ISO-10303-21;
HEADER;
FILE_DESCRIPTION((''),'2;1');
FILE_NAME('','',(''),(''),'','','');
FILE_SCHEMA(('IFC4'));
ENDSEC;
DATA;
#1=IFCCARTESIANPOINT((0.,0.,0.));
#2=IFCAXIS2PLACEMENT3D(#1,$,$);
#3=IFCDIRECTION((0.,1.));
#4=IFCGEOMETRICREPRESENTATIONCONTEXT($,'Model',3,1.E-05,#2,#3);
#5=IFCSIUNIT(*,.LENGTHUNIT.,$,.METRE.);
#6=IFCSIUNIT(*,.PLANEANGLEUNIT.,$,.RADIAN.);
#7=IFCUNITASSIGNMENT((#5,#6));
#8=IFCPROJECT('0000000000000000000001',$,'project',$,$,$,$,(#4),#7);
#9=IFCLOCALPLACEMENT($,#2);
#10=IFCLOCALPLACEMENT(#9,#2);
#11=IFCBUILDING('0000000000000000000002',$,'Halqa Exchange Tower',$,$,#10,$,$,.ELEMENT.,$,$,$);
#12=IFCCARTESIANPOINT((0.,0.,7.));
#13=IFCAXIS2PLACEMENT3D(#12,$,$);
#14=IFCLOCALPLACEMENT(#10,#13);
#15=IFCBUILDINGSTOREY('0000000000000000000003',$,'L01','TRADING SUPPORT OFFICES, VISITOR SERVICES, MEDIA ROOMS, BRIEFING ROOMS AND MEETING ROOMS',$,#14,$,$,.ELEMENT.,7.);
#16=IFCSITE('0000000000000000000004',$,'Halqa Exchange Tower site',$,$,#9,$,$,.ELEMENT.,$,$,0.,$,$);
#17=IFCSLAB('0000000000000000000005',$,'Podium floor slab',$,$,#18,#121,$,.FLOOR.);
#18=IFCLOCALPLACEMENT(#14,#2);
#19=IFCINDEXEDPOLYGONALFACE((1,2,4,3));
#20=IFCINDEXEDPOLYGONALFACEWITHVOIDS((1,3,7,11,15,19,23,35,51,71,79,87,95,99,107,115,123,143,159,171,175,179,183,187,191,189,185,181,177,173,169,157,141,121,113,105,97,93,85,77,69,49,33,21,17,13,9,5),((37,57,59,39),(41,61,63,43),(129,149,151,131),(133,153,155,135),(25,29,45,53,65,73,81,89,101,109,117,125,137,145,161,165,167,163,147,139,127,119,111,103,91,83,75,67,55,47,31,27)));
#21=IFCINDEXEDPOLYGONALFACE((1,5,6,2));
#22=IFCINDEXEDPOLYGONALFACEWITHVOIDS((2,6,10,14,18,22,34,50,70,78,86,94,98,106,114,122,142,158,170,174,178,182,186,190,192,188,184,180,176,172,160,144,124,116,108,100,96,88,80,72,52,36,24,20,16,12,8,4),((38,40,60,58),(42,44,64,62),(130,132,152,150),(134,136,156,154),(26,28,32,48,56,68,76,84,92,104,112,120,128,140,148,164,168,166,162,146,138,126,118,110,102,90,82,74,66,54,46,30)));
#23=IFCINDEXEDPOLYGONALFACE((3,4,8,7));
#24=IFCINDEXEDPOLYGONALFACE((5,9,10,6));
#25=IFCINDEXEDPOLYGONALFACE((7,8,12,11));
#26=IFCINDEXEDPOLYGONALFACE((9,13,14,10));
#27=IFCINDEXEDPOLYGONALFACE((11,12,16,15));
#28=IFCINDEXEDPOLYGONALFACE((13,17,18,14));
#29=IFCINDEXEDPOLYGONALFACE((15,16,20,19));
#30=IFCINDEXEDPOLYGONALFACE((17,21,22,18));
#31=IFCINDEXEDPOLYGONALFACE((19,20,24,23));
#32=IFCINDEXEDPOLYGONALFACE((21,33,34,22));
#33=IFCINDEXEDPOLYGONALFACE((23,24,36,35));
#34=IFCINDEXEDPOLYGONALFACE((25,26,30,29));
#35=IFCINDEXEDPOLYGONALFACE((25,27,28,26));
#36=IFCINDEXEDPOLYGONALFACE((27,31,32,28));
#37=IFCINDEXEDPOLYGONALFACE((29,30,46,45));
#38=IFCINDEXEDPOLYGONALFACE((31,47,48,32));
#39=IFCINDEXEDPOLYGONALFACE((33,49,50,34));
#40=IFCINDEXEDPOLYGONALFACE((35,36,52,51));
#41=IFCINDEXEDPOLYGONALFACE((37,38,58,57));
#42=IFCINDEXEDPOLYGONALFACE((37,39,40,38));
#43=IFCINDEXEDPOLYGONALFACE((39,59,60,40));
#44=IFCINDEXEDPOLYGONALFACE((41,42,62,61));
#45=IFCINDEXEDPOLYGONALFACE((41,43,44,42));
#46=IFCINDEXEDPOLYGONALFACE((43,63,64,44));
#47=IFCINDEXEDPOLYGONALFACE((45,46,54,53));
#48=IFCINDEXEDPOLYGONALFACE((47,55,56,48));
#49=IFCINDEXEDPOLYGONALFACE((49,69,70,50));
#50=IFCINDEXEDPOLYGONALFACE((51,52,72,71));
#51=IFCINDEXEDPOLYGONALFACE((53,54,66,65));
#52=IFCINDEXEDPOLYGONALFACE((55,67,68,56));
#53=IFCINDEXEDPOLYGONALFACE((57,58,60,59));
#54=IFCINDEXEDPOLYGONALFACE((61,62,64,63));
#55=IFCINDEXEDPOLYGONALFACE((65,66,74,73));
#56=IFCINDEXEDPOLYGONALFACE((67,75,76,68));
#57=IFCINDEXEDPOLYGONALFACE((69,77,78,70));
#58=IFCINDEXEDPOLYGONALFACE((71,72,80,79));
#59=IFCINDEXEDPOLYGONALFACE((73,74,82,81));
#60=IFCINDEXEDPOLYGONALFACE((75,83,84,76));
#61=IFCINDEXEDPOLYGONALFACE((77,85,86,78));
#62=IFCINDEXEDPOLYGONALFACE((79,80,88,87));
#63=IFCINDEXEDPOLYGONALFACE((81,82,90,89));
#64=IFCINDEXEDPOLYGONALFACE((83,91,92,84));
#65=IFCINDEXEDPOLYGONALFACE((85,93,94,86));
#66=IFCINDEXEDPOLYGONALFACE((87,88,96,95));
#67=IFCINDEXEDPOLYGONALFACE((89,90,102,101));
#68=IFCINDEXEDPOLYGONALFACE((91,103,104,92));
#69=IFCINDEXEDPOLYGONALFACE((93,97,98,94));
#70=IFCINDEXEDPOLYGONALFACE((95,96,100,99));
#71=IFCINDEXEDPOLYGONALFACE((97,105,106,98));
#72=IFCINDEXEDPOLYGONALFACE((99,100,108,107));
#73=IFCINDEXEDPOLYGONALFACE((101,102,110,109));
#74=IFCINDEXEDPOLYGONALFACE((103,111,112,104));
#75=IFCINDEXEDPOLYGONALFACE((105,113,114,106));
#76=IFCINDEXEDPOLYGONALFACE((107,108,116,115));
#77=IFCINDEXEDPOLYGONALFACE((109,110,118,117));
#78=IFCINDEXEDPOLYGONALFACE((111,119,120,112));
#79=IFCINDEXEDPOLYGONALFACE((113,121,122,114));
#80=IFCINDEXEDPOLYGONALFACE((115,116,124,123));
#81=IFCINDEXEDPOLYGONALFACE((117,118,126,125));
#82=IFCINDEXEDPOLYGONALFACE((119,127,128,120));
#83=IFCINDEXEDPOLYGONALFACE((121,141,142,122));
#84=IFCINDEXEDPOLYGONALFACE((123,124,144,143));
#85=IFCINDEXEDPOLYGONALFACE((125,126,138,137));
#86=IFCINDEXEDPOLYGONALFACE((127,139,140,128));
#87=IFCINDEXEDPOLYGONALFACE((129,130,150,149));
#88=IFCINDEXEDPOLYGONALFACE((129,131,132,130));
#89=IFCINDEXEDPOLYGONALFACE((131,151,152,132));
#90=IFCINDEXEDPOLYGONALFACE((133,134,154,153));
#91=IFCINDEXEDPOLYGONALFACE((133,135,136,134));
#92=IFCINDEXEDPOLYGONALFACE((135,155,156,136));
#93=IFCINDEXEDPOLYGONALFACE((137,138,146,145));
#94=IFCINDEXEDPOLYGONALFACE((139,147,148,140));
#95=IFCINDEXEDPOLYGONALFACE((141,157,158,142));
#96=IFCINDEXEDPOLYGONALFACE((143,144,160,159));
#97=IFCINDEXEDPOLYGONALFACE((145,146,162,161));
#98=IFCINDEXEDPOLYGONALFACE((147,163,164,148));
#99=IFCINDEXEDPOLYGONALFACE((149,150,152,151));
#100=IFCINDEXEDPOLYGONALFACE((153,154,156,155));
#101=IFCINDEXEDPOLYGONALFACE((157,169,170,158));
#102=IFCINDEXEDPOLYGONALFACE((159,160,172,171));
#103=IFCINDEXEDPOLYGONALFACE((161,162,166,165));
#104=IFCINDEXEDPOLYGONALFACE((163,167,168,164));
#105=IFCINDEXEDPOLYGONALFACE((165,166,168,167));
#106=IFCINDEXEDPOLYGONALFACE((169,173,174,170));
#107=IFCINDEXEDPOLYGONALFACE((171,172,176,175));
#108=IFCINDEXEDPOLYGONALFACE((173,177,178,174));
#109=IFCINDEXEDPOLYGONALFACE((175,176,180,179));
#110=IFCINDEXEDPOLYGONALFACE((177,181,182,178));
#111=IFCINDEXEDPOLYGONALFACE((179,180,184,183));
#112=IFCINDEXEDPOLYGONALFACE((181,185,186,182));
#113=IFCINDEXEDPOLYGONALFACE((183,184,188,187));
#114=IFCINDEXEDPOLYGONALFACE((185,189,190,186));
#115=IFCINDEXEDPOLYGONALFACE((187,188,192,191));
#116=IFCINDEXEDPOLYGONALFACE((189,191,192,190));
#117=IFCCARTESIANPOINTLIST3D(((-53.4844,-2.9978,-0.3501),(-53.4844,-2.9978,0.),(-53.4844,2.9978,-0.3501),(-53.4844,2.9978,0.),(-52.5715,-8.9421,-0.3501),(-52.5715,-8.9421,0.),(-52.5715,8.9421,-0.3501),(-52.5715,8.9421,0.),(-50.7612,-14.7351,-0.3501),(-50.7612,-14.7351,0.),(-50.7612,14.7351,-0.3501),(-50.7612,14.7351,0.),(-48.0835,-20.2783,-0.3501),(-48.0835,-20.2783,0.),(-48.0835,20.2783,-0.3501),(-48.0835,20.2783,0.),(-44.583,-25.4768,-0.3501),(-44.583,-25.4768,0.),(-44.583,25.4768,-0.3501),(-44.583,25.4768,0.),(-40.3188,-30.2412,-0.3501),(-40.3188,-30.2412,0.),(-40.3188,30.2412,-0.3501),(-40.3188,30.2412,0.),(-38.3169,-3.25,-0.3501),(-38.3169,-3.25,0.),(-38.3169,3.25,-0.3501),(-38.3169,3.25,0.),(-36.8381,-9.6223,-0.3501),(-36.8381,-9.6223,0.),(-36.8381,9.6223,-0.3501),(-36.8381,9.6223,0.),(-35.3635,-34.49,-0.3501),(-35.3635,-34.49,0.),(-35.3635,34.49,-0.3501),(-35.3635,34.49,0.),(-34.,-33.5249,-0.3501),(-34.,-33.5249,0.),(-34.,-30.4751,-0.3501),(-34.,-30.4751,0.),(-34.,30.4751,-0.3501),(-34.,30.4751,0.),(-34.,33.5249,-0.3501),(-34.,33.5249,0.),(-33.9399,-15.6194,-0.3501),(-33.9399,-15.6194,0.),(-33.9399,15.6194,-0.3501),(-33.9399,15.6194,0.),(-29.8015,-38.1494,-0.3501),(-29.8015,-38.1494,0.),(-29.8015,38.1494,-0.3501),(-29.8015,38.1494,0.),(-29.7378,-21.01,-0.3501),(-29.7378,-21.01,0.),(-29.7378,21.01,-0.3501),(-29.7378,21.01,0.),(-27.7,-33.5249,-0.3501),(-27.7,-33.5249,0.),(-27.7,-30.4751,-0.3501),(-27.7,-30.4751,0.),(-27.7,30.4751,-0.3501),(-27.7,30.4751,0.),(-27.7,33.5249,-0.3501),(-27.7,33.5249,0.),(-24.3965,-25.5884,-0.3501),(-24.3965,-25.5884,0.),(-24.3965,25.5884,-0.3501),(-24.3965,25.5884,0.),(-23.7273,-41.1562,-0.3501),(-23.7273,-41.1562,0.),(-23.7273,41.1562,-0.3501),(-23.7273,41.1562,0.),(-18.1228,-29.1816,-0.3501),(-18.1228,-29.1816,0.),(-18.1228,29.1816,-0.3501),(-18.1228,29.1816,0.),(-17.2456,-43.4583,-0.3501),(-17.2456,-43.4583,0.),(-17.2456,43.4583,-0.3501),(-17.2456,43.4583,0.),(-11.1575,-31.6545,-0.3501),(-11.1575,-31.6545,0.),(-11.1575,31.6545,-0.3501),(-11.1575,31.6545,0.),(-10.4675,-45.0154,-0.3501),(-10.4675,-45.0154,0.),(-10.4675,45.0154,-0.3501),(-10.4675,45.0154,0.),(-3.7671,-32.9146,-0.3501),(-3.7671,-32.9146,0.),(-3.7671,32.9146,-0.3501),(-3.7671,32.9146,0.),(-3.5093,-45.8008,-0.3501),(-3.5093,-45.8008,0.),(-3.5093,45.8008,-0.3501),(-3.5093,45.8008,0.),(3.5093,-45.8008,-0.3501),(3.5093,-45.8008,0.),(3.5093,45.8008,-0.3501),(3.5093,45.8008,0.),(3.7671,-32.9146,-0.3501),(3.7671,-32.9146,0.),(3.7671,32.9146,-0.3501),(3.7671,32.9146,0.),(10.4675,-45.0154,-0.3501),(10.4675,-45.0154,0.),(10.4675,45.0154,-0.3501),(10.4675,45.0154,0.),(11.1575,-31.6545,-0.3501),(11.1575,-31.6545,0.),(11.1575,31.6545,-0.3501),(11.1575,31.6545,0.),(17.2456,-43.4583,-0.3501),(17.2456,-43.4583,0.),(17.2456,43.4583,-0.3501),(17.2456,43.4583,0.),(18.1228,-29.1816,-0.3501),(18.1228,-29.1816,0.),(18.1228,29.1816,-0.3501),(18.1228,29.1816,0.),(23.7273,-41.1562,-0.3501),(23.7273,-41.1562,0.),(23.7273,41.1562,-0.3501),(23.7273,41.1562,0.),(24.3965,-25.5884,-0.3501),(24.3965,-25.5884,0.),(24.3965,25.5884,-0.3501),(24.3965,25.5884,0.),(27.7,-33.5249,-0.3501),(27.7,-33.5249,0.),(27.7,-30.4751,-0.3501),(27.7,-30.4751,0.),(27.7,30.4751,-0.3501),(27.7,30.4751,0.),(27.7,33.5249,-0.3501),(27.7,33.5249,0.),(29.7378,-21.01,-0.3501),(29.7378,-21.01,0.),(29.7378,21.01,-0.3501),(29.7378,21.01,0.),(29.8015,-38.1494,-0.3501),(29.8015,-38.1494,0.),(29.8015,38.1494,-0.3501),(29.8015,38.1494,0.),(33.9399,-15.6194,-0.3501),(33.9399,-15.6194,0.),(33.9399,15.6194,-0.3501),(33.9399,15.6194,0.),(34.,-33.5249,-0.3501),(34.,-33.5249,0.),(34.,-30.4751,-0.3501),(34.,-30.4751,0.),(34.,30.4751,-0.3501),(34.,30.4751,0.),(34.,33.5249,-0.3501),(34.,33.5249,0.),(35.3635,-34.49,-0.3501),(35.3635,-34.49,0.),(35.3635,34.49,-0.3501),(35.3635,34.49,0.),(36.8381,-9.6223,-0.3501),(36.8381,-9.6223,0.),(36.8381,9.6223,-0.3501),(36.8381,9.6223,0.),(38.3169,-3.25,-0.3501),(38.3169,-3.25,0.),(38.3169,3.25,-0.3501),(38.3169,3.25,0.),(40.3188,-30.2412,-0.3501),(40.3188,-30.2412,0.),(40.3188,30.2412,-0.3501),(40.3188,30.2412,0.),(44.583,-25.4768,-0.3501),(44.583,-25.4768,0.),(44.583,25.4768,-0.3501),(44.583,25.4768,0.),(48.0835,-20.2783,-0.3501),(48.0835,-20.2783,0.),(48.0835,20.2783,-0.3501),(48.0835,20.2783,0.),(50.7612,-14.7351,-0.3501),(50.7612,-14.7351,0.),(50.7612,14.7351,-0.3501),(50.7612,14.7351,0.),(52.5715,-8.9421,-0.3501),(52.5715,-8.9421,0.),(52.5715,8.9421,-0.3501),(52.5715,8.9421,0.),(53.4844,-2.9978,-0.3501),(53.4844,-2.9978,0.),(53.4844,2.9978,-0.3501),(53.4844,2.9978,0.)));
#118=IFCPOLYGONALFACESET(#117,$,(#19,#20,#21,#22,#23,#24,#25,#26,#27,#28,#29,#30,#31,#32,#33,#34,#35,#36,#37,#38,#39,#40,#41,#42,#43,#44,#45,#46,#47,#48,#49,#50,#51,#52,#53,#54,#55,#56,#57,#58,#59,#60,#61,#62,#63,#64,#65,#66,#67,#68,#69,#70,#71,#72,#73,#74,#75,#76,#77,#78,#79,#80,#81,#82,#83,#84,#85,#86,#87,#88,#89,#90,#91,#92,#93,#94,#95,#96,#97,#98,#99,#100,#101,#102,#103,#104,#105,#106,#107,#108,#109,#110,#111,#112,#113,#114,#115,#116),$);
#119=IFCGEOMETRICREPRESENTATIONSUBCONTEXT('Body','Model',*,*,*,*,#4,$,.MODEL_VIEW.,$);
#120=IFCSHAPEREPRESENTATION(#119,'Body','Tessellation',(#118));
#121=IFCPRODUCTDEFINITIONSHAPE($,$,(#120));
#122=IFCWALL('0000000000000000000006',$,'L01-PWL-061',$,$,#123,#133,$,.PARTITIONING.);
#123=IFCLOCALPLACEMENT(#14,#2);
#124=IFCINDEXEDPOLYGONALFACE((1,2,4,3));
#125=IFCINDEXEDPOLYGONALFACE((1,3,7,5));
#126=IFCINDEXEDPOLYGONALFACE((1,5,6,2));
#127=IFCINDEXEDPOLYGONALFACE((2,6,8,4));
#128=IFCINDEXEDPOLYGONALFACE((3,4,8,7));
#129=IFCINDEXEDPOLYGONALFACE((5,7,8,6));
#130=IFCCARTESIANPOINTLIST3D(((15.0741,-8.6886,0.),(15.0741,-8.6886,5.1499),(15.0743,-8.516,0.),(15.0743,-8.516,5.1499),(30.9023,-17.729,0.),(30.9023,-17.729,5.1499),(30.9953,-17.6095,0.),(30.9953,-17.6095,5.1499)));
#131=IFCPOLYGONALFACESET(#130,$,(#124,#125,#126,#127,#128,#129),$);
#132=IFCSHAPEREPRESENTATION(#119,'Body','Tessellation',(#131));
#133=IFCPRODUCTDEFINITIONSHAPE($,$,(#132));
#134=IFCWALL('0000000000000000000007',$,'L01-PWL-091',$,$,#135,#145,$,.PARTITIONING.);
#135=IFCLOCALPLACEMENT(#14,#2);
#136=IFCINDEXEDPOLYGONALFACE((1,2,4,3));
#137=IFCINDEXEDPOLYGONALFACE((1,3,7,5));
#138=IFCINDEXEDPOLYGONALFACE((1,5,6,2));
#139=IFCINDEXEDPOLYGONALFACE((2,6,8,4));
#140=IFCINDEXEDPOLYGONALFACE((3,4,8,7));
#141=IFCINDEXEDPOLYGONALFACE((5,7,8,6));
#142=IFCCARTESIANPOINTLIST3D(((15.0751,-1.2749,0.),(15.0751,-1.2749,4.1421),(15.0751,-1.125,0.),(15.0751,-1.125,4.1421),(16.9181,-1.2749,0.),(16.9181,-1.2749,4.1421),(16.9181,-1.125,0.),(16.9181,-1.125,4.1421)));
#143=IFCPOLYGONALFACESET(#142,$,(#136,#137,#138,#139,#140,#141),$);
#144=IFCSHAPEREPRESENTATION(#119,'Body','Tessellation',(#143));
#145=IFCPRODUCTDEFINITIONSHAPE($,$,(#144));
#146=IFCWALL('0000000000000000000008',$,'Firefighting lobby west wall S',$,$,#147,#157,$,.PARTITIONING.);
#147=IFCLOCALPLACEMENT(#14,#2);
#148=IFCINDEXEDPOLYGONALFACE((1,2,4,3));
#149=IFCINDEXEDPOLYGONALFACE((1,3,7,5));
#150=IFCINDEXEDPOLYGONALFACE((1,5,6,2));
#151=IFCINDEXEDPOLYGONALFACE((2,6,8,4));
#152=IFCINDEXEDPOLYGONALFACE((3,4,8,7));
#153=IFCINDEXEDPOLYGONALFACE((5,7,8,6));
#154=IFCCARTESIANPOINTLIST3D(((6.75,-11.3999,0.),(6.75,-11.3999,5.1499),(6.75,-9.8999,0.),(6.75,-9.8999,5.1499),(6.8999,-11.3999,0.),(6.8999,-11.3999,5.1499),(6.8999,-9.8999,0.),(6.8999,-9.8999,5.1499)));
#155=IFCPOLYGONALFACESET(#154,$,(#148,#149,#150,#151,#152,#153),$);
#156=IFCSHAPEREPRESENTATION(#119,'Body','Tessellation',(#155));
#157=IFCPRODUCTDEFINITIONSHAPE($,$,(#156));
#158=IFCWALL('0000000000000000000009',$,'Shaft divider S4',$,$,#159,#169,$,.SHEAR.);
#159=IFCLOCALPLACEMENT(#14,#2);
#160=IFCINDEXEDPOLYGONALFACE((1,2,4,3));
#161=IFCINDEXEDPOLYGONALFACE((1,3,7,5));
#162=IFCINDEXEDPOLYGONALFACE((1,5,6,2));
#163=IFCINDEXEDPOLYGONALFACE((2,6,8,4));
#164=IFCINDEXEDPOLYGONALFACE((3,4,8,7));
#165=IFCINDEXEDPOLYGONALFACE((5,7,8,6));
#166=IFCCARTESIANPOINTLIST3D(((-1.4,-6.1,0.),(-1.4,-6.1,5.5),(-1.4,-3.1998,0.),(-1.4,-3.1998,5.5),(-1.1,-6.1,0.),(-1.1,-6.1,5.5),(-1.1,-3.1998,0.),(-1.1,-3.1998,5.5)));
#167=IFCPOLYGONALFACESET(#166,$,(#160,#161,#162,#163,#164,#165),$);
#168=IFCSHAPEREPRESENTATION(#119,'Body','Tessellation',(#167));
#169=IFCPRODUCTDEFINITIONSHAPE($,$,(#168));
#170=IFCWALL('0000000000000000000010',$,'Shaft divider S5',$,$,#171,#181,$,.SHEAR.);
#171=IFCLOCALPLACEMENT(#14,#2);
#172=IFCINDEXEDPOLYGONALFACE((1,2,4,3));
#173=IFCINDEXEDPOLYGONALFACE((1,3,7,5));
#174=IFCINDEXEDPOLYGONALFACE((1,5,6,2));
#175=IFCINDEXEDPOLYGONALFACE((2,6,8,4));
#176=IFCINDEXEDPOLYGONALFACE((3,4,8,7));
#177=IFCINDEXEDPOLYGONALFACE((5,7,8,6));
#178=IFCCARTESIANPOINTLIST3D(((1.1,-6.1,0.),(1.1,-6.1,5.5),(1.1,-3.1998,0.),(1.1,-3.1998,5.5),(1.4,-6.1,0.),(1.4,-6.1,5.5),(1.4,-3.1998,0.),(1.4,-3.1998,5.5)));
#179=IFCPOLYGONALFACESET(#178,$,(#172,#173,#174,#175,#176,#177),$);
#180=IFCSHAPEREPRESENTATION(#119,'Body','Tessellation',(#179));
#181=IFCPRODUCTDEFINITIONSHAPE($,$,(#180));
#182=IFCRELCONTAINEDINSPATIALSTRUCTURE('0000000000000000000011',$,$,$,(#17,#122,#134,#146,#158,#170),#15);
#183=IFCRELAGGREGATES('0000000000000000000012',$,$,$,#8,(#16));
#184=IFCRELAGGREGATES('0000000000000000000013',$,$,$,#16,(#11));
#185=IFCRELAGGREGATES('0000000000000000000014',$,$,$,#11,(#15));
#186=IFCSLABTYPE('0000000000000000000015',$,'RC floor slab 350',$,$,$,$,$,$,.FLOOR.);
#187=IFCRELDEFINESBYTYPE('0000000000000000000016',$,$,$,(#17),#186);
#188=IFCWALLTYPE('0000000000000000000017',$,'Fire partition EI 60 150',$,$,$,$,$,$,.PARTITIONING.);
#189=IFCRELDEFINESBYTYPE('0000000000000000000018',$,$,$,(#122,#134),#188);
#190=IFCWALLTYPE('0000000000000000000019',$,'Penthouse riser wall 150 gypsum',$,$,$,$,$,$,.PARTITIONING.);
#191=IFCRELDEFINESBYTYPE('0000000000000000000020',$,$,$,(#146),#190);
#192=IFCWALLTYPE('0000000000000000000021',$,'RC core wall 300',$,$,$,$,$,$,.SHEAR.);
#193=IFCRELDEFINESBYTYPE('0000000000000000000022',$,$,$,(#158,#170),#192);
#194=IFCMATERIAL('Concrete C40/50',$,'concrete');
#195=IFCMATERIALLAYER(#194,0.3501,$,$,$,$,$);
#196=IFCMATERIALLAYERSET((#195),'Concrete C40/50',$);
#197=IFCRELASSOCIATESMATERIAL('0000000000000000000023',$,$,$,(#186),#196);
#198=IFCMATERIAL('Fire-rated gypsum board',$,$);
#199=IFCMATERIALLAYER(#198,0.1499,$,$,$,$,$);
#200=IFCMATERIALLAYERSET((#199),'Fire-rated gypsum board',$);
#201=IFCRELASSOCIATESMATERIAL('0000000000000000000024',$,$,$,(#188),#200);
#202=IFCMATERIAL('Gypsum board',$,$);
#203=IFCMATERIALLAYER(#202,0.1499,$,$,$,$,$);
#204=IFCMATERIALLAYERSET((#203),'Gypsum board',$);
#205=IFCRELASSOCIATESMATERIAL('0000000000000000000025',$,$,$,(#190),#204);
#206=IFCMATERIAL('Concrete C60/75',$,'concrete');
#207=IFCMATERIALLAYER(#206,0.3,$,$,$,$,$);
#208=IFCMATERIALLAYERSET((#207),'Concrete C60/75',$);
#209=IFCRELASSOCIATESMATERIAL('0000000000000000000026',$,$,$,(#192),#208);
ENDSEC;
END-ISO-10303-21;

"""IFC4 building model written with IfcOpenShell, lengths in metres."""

from ifc_helpers import new_model, si_unit, direction, frame, frame_2d, origin, place, context, subcontext, project, spatial, polyline, rectangle, outline, extrude, material, layer, layer_set, type_object, element, save


model = new_model("IFC4")

# Units and contexts
model_context = context("Model", 3, precision=1e-05, world=origin(), true_north=direction((0.0, 1.0)))
body_context = subcontext(model_context, "Body", "Model", "MODEL_VIEW")
ifc_project = project(units=[si_unit("LENGTHUNIT", "METRE"), si_unit("PLANEANGLEUNIT", "RADIAN")], contexts=[model_context])

# Site, building, storey
site_placement = place(None, origin())
site = spatial("IfcSite", under=ifc_project, at=site_placement, Name="Halqa Exchange Tower site", CompositionType="ELEMENT", RefElevation=0.0)
building_placement = place(site_placement, origin())
building = spatial("IfcBuilding", under=site, at=building_placement, Name="Halqa Exchange Tower", CompositionType="ELEMENT")
storey_placement = place(building_placement, frame((0.0, 0.0, 7.0)))
storey = spatial("IfcBuildingStorey", under=building, at=storey_placement, Name="L01", Description="TRADING SUPPORT OFFICES, VISITOR SERVICES, MEDIA ROOMS, BRIEFING ROOMS AND MEETING ROOMS", CompositionType="ELEMENT", Elevation=7.0)

# Slab
ifc_material_1 = material(Name="Concrete C60/75", Category="concrete")
ifc_material_2 = material(Name="Concrete C40/50", Category="concrete")
ifc_layer_1 = layer(ifc_material_2, 0.3501)
ifc_layer_set_1 = layer_set([ifc_layer_1], Name="Concrete C40/50")
slab_type_1 = type_object("IfcSlabType", Name="RC floor slab 350", PredefinedType="FLOOR", material=ifc_layer_set_1)
slab_1_placement = place(storey_placement, frame((0.0, 0.0, -0.3501)))
element("IfcSlab", 1, at=slab_1_placement, inside=storey, type_object=slab_type_1, Name="Podium floor slab", PredefinedType="FLOOR", context=body_context, shape_type="SweptSolid", body=[
    extrude(outline(polyline([(53.4844, 2.9978), (53.4844, -2.9978), (52.5715, -8.9421), (50.7612, -14.7351), (48.0835, -20.2783), (44.583, -25.4768), (40.3188, -30.2412), (35.3635, -34.49), (29.8015, -38.1494), (23.7273, -41.1562), (17.2456, -43.4583), (10.4675, -45.0154), (3.5093, -45.8008), (-3.5093, -45.8008), (-10.4675, -45.0154), (-17.2456, -43.4583), (-23.7273, -41.1562), (-29.8015, -38.1494), (-35.3635, -34.49), (-40.3188, -30.2412), (-44.583, -25.4768), (-48.0835, -20.2783), (-50.7612, -14.7351), (-52.5715, -8.9421), (-53.4844, -2.9978), (-53.4844, 2.9978), (-52.5715, 8.9421), (-50.7612, 14.7351), (-48.0835, 20.2783), (-44.583, 25.4768), (-40.3188, 30.2412), (-35.3635, 34.49), (-29.8015, 38.1494), (-23.7273, 41.1562), (-17.2456, 43.4583), (-10.4675, 45.0154), (-3.5093, 45.8008), (3.5093, 45.8008), (10.4675, 45.0154), (17.2456, 43.4583), (23.7273, 41.1562), (29.8015, 38.1494), (35.3635, 34.49), (40.3188, 30.2412), (44.583, 25.4768), (48.0835, 20.2783), (50.7612, 14.7351), (52.5715, 8.9421), (53.4844, 2.9978)]), holes=[polyline([(38.3169, 3.25), (38.3169, -3.25), (36.8381, -9.6223), (33.9399, -15.6194), (29.7378, -21.01), (24.3965, -25.5884), (18.1228, -29.1816), (11.1575, -31.6545), (3.7671, -32.9146), (-3.7671, -32.9146), (-11.1575, -31.6545), (-18.1228, -29.1816), (-24.3965, -25.5884), (-29.7378, -21.01), (-33.9399, -15.6194), (-36.8381, -9.6223), (-38.3169, -3.25), (-38.3169, 3.25), (-36.8381, 9.6223), (-33.9399, 15.6194), (-29.7378, 21.01), (-24.3965, 25.5884), (-18.1228, 29.1816), (-11.1575, 31.6545), (-3.7671, 32.9146), (3.7671, 32.9146), (11.1575, 31.6545), (18.1228, 29.1816), (24.3965, 25.5884), (29.7378, 21.01), (33.9399, 15.6194), (36.8381, 9.6223), (38.3169, 3.25)]), polyline([(27.7, 30.4751), (34.0, 30.4751), (34.0, 33.5249), (27.7, 33.5249), (27.7, 30.4751)]), polyline([(27.7, -33.5249), (34.0, -33.5249), (34.0, -30.4751), (27.7, -30.4751), (27.7, -33.5249)]), polyline([(-34.0, 30.4751), (-27.7, 30.4751), (-27.7, 33.5249), (-34.0, 33.5249), (-34.0, 30.4751)]), polyline([(-34.0, -33.5249), (-27.7, -33.5249), (-27.7, -30.4751), (-34.0, -30.4751), (-34.0, -33.5249)])]), origin(), (0.0, 0.0, 1.0), 0.3501),
])

# Walls
ifc_material_3 = material(Name="Fire-rated gypsum board")
ifc_layer_2 = layer(ifc_material_3, 0.1499)
ifc_layer_set_2 = layer_set([ifc_layer_2], Name="Fire-rated gypsum board")
wall_type_1 = type_object("IfcWallType", Name="Fire partition EI 60 150", PredefinedType="PARTITIONING", material=ifc_layer_set_2)
wall_1_placement = place(storey_placement, frame((15.0742, -8.6023, 0.0), z_axis=(0.0, 0.0, 1.0), x_axis=(0.868343, -0.495963, 0.0)))
element("IfcWall", 2, at=wall_1_placement, inside=storey, type_object=wall_type_1, Name="L01-PWL-061", PredefinedType="PARTITIONING", context=body_context, shape_type="SweptSolid", body=[
    extrude(outline(polyline([(0.0427, -0.075), (18.2708, -0.075), (18.2922, 0.075), (-0.0427, 0.075), (0.0427, -0.075)])), origin(), (0.0, 0.0, 1.0), 5.1499),
])
wall_2_placement = place(storey_placement, frame((16.918, -1.2, 0.0), z_axis=(0.0, 0.0, 1.0), x_axis=(-1.0, 0.0, 0.0)))
element("IfcWall", 3, at=wall_2_placement, inside=storey, type_object=wall_type_1, Name="L01-PWL-091", PredefinedType="PARTITIONING", context=body_context, shape_type="SweptSolid", body=[
    extrude(rectangle(XDim=1.843, YDim=0.1499, at=frame_2d((0.9214, 0.0))), origin(), (0.0, 0.0, 1.0), 4.1421),
])
ifc_material_4 = material(Name="Gypsum board")
ifc_layer_3 = layer(ifc_material_4, 0.1499)
ifc_layer_set_3 = layer_set([ifc_layer_3], Name="Gypsum board")
wall_type_2 = type_object("IfcWallType", Name="Penthouse riser wall 150 gypsum", PredefinedType="PARTITIONING", material=ifc_layer_set_3)
wall_3_placement = place(storey_placement, frame((6.825, -11.3999, 0.0), z_axis=(0.0, 0.0, 1.0), x_axis=(0.0, 1.0, 0.0)))
element("IfcWall", 4, at=wall_3_placement, inside=storey, type_object=wall_type_2, Name="Firefighting lobby west wall S", PredefinedType="PARTITIONING", context=body_context, shape_type="SweptSolid", body=[
    extrude(rectangle(XDim=1.5, YDim=0.1499, at=frame_2d((0.75, 0.0))), origin(), (0.0, 0.0, 1.0), 5.1499),
])
ifc_layer_4 = layer(ifc_material_1, 0.3)
ifc_layer_set_4 = layer_set([ifc_layer_4], Name="Concrete C60/75")
wall_type_3 = type_object("IfcWallType", Name="RC core wall 300", PredefinedType="SHEAR", material=ifc_layer_set_4)
for number, where, z_axis, x_axis, name in (
    (5, (-1.25, -6.1001, 0.0), (0.0, 0.0, 1.0), (0.0, 1.0, 0.0), "Shaft divider S4"),
    (6, (1.25, -6.1001, 0.0), (0.0, 0.0, 1.0), (0.0, 1.0, 0.0), "Shaft divider S5"),
):
    element("IfcWall", number, at=place(storey_placement, frame(where, z_axis=z_axis, x_axis=x_axis)), inside=storey, type_object=wall_type_3, Name=name, PredefinedType="SHEAR", context=body_context, shape_type="SweptSolid", body=[
        extrude(rectangle(XDim=2.9001, YDim=0.3, at=frame_2d((1.4502, 0.0))), origin(), (0.0, 0.0, 1.0), 5.5),
    ])

save(model, "model.ifc")
